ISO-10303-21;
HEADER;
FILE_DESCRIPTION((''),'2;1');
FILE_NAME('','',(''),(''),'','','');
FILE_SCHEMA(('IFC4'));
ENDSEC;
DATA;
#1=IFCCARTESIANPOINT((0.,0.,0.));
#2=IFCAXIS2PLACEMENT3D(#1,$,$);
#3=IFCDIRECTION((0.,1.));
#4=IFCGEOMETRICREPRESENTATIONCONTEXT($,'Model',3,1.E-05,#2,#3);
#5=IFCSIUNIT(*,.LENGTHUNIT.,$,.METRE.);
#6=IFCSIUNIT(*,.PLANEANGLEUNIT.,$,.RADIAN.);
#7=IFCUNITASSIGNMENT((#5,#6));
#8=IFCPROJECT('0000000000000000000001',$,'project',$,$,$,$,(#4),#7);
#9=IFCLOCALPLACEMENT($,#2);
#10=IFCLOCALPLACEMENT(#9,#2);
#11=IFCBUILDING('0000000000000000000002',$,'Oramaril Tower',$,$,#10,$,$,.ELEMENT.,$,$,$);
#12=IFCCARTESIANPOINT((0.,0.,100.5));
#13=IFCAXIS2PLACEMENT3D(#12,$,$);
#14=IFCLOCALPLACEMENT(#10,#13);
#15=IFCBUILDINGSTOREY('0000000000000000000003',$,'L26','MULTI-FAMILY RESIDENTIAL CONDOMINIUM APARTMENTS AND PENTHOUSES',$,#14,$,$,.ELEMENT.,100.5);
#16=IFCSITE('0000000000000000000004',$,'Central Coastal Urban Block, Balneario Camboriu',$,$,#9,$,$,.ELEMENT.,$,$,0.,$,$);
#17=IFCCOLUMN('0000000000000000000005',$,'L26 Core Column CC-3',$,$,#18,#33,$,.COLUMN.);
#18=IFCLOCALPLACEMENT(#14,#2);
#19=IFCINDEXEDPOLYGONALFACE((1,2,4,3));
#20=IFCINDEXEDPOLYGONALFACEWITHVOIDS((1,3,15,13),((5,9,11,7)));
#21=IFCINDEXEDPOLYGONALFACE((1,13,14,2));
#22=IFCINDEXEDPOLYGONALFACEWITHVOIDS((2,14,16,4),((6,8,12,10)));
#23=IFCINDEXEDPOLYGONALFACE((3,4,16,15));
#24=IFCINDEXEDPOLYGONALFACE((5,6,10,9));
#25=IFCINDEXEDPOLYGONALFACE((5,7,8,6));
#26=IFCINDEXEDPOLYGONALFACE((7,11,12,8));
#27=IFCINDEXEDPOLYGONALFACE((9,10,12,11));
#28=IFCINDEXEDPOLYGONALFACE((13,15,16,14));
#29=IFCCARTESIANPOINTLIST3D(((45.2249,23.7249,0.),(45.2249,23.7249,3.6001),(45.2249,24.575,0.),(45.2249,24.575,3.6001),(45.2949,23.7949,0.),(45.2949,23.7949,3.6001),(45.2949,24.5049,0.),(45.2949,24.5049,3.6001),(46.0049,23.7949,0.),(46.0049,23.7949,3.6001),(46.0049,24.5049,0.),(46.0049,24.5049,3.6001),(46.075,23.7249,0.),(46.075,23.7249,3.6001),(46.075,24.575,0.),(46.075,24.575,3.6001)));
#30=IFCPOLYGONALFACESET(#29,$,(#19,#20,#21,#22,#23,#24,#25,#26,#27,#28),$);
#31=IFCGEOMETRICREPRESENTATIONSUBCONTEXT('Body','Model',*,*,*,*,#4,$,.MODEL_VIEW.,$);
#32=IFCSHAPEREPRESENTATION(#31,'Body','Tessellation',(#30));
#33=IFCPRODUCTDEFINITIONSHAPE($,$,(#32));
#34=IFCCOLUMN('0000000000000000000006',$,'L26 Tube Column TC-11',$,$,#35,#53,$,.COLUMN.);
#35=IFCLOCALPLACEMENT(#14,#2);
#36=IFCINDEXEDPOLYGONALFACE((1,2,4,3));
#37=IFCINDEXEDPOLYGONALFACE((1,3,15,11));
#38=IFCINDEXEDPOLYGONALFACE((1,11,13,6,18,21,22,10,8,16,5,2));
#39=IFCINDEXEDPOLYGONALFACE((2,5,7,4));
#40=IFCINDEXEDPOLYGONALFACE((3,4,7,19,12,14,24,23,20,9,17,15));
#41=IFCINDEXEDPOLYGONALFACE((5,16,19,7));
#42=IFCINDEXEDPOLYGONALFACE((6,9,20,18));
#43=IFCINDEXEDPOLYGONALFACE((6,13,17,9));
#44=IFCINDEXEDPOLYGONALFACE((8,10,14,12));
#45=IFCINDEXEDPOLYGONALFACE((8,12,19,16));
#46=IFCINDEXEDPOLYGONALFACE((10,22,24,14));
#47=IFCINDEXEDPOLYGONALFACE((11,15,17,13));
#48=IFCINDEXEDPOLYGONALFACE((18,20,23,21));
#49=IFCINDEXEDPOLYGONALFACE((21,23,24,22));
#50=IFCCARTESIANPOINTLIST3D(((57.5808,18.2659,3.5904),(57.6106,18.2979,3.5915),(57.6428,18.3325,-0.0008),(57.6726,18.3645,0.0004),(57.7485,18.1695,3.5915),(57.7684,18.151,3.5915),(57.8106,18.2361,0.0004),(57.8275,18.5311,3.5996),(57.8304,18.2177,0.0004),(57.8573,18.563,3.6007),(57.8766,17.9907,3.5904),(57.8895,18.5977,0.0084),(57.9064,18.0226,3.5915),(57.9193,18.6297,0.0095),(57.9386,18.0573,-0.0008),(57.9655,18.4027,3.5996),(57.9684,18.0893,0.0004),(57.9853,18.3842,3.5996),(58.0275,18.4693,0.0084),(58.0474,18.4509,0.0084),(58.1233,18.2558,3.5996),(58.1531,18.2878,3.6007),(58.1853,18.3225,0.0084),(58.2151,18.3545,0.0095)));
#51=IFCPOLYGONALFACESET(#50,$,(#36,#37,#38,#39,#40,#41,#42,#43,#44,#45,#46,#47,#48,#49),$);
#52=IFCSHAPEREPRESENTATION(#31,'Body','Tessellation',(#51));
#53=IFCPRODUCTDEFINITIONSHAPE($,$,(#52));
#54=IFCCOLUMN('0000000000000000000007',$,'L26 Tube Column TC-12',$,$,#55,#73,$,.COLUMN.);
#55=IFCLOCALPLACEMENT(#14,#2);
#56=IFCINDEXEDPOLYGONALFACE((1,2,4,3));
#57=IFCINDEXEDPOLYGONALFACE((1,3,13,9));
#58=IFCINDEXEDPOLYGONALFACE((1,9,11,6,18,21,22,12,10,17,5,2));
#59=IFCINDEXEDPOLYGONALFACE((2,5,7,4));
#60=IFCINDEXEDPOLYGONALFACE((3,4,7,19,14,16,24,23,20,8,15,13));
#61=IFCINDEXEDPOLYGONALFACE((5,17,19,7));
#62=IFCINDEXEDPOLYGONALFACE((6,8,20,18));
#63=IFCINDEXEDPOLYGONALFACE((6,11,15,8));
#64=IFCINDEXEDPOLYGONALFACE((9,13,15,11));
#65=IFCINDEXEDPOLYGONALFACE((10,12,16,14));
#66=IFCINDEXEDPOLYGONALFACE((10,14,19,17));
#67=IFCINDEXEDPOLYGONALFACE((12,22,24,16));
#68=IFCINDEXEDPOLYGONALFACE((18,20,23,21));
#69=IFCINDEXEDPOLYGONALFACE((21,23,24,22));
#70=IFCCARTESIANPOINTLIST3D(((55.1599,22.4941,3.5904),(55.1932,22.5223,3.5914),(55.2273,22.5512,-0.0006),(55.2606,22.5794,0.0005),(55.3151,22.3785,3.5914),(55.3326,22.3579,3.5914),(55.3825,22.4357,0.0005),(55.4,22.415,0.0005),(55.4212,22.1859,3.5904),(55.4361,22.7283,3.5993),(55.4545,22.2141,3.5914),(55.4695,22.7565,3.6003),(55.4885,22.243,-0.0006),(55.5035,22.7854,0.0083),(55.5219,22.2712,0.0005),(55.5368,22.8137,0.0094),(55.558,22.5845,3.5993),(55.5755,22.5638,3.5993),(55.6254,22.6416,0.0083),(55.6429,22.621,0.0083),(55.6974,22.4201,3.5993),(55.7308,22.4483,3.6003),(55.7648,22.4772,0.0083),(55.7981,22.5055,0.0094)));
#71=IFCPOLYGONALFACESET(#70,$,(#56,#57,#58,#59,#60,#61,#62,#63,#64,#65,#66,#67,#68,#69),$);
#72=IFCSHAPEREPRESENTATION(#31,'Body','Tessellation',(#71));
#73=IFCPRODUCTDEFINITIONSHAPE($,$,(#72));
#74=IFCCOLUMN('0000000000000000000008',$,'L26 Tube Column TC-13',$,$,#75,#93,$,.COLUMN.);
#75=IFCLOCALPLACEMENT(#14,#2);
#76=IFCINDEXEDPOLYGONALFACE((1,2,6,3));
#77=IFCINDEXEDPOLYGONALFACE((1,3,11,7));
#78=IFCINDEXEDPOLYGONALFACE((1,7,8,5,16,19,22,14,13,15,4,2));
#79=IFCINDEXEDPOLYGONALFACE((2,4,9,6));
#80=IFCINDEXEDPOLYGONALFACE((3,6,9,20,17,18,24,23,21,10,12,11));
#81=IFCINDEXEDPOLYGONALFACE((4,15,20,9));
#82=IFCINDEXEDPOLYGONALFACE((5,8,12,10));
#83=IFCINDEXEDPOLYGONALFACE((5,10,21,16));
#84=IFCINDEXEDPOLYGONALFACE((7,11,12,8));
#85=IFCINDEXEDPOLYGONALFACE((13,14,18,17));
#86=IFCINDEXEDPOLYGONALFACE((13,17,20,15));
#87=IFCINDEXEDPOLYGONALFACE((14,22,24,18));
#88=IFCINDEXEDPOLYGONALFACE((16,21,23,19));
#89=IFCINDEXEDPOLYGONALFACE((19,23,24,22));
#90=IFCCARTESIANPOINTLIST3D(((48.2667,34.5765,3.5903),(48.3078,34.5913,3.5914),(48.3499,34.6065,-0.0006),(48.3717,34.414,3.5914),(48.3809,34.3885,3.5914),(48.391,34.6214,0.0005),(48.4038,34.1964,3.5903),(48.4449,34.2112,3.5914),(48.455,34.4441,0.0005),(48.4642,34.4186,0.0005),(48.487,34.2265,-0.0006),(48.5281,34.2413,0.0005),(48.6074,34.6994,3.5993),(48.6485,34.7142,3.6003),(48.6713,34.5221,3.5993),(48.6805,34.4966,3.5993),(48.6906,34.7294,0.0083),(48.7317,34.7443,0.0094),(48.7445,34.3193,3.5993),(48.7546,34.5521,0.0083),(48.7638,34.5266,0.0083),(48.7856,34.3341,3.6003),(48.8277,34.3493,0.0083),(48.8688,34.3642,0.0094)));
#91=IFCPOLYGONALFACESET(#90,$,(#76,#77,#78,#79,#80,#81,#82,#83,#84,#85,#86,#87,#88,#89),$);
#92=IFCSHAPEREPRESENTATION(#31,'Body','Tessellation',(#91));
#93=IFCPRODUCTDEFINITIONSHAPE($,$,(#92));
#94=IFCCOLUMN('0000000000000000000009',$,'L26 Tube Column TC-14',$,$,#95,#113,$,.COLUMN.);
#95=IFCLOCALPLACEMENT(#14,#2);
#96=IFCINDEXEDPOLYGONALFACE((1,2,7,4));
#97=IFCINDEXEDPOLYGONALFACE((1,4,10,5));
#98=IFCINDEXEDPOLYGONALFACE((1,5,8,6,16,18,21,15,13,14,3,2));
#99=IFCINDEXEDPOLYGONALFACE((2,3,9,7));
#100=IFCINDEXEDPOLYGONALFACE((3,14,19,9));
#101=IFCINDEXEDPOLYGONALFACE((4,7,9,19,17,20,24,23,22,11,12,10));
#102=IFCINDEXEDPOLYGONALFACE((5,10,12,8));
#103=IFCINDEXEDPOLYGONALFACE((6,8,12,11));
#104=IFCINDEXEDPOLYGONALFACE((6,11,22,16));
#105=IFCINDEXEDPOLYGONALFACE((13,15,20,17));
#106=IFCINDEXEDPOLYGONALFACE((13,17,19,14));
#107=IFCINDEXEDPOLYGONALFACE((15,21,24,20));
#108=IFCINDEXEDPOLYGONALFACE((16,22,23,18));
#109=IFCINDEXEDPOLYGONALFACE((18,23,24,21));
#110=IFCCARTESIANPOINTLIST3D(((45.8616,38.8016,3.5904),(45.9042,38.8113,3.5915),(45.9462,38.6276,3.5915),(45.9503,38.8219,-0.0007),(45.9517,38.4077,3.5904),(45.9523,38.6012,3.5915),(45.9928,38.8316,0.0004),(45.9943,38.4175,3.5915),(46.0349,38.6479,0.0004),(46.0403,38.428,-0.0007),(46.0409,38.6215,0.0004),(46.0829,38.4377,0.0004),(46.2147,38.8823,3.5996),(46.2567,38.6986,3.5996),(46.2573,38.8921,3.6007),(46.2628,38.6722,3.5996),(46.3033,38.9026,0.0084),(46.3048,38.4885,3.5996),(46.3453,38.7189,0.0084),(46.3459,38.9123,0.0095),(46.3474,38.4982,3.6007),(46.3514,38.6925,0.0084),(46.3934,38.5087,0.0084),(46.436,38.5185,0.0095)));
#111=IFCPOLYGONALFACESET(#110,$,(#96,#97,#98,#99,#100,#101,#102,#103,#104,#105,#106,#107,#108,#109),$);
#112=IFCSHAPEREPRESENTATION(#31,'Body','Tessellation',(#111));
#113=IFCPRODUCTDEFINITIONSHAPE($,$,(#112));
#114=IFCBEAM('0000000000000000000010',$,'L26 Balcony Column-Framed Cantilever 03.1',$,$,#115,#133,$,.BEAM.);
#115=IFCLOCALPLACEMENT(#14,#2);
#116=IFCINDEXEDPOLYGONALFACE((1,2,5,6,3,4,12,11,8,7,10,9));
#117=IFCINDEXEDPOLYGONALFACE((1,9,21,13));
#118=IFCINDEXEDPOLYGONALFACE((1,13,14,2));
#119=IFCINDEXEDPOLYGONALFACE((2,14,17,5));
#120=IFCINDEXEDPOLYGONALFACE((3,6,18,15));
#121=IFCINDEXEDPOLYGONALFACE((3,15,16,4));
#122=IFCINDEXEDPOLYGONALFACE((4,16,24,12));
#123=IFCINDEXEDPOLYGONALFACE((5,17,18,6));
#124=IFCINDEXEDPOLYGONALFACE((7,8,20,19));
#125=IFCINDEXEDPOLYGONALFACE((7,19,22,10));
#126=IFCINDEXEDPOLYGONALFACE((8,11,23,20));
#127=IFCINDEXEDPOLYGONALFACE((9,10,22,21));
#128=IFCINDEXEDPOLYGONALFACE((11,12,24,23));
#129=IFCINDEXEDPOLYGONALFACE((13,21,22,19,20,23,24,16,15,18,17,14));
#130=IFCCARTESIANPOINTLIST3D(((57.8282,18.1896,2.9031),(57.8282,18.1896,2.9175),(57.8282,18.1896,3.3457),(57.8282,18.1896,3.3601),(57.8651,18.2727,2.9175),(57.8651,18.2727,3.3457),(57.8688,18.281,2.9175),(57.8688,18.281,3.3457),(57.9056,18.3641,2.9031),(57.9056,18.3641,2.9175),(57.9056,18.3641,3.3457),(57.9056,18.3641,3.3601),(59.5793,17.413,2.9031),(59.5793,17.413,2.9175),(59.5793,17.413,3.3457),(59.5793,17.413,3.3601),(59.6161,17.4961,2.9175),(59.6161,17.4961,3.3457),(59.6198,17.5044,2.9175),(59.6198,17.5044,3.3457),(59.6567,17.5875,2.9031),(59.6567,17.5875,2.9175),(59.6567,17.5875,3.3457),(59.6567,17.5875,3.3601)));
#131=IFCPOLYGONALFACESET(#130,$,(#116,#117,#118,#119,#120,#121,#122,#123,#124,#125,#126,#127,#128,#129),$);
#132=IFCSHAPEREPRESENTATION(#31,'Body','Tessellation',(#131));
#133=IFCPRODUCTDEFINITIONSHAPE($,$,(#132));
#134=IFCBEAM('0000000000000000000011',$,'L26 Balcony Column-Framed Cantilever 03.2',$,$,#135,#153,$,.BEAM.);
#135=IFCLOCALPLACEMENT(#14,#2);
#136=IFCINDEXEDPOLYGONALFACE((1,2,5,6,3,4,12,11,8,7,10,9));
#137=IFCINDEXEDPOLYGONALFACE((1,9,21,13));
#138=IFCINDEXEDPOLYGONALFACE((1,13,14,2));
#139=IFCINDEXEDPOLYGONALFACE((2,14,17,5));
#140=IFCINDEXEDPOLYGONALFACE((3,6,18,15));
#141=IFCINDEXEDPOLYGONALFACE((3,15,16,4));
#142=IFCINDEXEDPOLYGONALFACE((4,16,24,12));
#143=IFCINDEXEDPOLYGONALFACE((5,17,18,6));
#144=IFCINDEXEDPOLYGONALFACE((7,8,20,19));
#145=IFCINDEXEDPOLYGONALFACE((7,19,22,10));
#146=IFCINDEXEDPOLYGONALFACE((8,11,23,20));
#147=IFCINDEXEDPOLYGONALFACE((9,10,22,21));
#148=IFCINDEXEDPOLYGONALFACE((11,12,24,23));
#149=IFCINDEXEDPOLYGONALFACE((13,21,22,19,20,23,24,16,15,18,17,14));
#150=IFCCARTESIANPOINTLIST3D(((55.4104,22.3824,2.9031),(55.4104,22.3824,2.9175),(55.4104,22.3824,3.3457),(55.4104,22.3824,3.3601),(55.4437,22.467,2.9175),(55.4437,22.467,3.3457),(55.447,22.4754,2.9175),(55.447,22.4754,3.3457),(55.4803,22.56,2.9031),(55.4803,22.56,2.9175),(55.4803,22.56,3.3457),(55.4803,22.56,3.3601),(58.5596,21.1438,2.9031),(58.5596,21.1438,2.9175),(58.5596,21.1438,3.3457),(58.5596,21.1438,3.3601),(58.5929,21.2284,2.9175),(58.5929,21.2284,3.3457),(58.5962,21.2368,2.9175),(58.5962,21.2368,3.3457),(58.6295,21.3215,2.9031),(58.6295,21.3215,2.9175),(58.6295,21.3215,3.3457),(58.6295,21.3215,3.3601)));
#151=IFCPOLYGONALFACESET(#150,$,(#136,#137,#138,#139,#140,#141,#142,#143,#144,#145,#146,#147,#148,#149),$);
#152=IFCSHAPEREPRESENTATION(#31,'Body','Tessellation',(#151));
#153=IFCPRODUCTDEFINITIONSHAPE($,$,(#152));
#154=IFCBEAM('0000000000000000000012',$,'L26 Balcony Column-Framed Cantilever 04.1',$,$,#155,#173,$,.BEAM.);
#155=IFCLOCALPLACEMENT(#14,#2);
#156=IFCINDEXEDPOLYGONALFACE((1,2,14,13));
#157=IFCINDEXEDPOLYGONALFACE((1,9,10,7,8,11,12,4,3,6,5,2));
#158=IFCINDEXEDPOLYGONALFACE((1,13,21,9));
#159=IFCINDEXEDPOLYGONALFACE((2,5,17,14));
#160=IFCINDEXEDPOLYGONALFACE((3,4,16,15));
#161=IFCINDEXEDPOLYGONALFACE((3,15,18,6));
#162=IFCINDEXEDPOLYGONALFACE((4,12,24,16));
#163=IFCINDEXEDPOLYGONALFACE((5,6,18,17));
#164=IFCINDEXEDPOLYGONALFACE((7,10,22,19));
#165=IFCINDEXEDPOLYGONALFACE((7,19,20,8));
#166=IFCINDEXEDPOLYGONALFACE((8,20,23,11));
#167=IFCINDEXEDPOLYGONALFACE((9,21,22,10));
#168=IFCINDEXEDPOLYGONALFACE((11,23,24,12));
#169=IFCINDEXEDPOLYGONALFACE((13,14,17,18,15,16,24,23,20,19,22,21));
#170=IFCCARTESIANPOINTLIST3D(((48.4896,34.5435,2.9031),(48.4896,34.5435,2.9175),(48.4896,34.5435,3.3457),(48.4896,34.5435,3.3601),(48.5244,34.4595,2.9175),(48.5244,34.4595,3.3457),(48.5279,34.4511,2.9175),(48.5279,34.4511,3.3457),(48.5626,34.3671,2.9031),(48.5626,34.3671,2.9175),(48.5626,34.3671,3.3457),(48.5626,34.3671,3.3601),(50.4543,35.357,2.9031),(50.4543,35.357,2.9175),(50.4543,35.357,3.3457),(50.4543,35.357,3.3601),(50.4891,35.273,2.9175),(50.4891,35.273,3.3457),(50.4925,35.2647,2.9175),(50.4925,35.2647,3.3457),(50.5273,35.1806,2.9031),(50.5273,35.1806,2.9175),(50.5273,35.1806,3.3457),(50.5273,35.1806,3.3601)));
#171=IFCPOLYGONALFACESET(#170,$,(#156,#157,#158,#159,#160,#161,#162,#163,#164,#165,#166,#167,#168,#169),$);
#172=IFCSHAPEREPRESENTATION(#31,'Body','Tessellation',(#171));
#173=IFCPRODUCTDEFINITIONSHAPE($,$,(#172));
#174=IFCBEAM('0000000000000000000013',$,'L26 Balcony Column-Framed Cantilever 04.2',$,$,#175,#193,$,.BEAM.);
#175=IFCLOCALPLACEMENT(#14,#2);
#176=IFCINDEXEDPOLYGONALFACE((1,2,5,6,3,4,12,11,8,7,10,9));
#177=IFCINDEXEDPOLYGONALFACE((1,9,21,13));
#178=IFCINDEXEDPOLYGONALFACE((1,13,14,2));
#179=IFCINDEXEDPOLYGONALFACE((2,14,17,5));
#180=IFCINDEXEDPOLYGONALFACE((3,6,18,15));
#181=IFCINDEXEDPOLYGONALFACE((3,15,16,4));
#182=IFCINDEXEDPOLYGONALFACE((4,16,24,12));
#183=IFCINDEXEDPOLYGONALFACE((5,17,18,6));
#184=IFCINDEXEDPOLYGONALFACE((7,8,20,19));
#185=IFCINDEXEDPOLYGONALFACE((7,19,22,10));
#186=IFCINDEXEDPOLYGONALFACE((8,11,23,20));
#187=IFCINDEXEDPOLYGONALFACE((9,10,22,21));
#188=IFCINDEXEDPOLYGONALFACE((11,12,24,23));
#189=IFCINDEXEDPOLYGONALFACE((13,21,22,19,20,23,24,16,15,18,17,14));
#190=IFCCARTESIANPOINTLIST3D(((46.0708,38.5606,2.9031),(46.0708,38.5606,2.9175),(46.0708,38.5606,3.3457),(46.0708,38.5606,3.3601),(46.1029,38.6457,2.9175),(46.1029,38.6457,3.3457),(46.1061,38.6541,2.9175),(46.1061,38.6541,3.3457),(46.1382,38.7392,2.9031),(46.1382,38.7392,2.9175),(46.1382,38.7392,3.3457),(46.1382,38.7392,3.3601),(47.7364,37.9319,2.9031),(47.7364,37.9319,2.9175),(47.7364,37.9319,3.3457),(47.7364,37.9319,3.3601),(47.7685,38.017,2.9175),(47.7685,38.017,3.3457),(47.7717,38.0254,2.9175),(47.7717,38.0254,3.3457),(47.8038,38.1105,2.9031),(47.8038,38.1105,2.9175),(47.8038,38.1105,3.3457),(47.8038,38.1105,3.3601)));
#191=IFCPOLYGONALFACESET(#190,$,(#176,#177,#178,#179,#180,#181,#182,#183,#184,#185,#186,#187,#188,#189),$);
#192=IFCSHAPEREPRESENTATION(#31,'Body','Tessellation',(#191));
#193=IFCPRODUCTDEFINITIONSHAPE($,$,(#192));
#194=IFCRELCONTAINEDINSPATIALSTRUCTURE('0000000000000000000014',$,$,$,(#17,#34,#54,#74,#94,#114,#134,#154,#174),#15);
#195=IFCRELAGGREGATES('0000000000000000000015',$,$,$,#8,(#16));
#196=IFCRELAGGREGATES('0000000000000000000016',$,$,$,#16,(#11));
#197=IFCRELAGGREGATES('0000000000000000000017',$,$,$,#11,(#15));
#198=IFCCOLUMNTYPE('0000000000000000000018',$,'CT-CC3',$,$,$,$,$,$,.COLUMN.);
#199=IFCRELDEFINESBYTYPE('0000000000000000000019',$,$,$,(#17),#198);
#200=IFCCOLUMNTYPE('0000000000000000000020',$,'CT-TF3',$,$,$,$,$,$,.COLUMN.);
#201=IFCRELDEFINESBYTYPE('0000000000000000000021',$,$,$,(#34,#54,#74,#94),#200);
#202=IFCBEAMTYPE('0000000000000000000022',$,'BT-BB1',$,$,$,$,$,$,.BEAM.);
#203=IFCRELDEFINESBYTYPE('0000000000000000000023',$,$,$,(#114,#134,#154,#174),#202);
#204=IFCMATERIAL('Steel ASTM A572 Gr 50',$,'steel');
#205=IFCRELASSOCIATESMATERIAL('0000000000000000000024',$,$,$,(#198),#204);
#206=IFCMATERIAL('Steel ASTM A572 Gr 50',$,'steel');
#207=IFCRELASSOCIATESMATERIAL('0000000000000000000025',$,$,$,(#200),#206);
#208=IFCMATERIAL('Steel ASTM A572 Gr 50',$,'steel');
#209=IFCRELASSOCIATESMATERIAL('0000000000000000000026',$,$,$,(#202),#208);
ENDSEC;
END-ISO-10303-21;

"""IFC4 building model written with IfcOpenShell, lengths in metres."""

from ifc_helpers import new_model, si_unit, direction, frame, origin, origin_2d, place, context, subcontext, project, spatial, hollow_rectangle, i_section, extrude, material, material_profile, profile_set, type_object, element, save


model = new_model("IFC4")

# Units and contexts
model_context = context("Model", 3, precision=1e-05, world=origin(), true_north=direction((0.0, 1.0)))
body_context = subcontext(model_context, "Body", "Model", "MODEL_VIEW")
ifc_project = project(units=[si_unit("LENGTHUNIT", "METRE"), si_unit("PLANEANGLEUNIT", "RADIAN")], contexts=[model_context])

# Site, building, storey
site_placement = place(None, origin())
site = spatial("IfcSite", under=ifc_project, at=site_placement, Name="Central Coastal Urban Block, Balneario Camboriu", CompositionType="ELEMENT", RefElevation=0.0)
building_placement = place(site_placement, origin())
building = spatial("IfcBuilding", under=site, at=building_placement, Name="Oramaril Tower", CompositionType="ELEMENT")
storey_placement = place(building_placement, frame((0.0, 0.0, 100.5)))
storey = spatial("IfcBuildingStorey", under=building, at=storey_placement, Name="L26", Description="MULTI-FAMILY RESIDENTIAL CONDOMINIUM APARTMENTS AND PENTHOUSES", CompositionType="ELEMENT", Elevation=100.5)

# Columns
ifc_material_1 = material(Name="Steel ASTM A572 Gr 50", Category="steel")
ifc_material_profile_1 = material_profile(ifc_material_1, hollow_rectangle(XDim=0.8501, YDim=0.8501, WallThickness=0.0701, at=origin_2d()), Name="BOX850X850X70")
ifc_profile_set_1 = profile_set([ifc_material_profile_1], Name="Steel ASTM A572 Gr 50")
column_type_1 = type_object("IfcColumnType", Name="CT-CC3", PredefinedType="COLUMN", material=ifc_profile_set_1)
column_1_placement = place(storey_placement, frame((45.6499, 24.1499, 0.0), z_axis=(0.0, 0.0, 1.0), x_axis=(1.0, 0.0, 0.0)))
element("IfcColumn", 1, at=column_1_placement, inside=storey, type_object=column_type_1, Name="L26 Core Column CC-3", PredefinedType="COLUMN", context=body_context, shape_type="SweptSolid", body=[
    extrude(hollow_rectangle(XDim=0.8501, YDim=0.8501, WallThickness=0.0701, at=origin_2d()), origin(), (0.0, 0.0, 1.0), 3.6001),
])
ifc_material_2 = material(Name="Steel ASTM A572 Gr 50", Category="steel")
ifc_material_profile_2 = material_profile(ifc_material_2, i_section(OverallWidth=0.4041, OverallDepth=0.406, WebThickness=0.0271, FlangeThickness=0.0437, at=origin_2d()), Name="W14X233")
ifc_profile_set_2 = profile_set([ifc_material_profile_2], Name="Steel ASTM A572 Gr 50")
column_type_2 = type_object("IfcColumnType", Name="CT-TF3", PredefinedType="COLUMN", material=ifc_profile_set_2)
column_2_placement = place(storey_placement, frame((57.929, 18.3435, 0.0044), z_axis=(-0.017263, -0.018554, 0.999679), x_axis=(0.732125, -0.681171, 0.0)))
element("IfcColumn", 2, at=column_2_placement, inside=storey, type_object=column_type_2, Name="L26 Tube Column TC-11", PredefinedType="COLUMN", context=body_context, shape_type="SweptSolid", body=[
    extrude(i_section(OverallWidth=0.4041, OverallDepth=0.406, WebThickness=0.0271, FlangeThickness=0.0437, at=origin_2d()), origin(), (0.0, 0.0, 1.0), 3.5923),
])
for number, where, z_axis, x_axis, name in (
    (3, (55.5127, 22.5283, 0.0044), (-0.018758, -0.015904, 0.999698), (0.646685, -0.762757, 0.0), "L26 Tube Column TC-12"),
    (4, (48.6094, 34.4854, 0.0044), (-0.023176, -0.00836, 0.999696), (0.339306, -0.940676, 0.0), "L26 Tube Column TC-13"),
):
    element("IfcColumn", number, at=place(storey_placement, frame(where, z_axis=z_axis, x_axis=x_axis)), inside=storey, type_object=column_type_2, Name=name, PredefinedType="COLUMN", context=body_context, shape_type="SweptSolid", body=[
        extrude(i_section(OverallWidth=0.4041, OverallDepth=0.406, WebThickness=0.0271, FlangeThickness=0.0437, at=origin_2d()), origin(), (0.0, 0.0, 1.0), 3.592),
    ])
column_3_placement = place(storey_placement, frame((46.1931, 38.6702, 0.0044), z_axis=(-0.024671, -0.005641, 0.99968), x_axis=(0.222898, -0.974842, 0.0)))
element("IfcColumn", 5, at=column_3_placement, inside=storey, type_object=column_type_2, Name="L26 Tube Column TC-14", PredefinedType="COLUMN", context=body_context, shape_type="SweptSolid", body=[
    extrude(i_section(OverallWidth=0.4041, OverallDepth=0.406, WebThickness=0.0271, FlangeThickness=0.0437, at=origin_2d()), origin(), (0.0, 0.0, 1.0), 3.5923),
])

# Beams
ifc_material_3 = material(Name="Steel ASTM A572 Gr 50", Category="steel")
ifc_material_profile_3 = material_profile(ifc_material_3, i_section(OverallWidth=0.1909, OverallDepth=0.457, WebThickness=0.009, FlangeThickness=0.0144, at=origin_2d()), Name="W18X50")
ifc_profile_set_3 = profile_set([ifc_material_profile_3], Name="Steel ASTM A572 Gr 50")
beam_type_1 = type_object("IfcBeamType", Name="BT-BB1", PredefinedType="BEAM", material=ifc_profile_set_3)
beam_1_placement = place(storey_placement, frame((57.8669, 18.2769, 3.1316), z_axis=(0.914121, -0.405441, 0.0), x_axis=(0.405441, 0.914121, 0.0)))
element("IfcBeam", 6, at=beam_1_placement, inside=storey, type_object=beam_type_1, Name="L26 Balcony Column-Framed Cantilever 03.1", PredefinedType="BEAM", context=body_context, shape_type="SweptSolid", body=[
    extrude(i_section(OverallWidth=0.1909, OverallDepth=0.457, WebThickness=0.009, FlangeThickness=0.0144, at=origin_2d()), origin(), (0.0, 0.0, 1.0), 1.9155),
])
beam_2_placement = place(storey_placement, frame((55.4453, 22.4712, 3.1316), z_axis=(0.930616, -0.365998, 0.0), x_axis=(0.365998, 0.930616, 0.0)))
element("IfcBeam", 7, at=beam_2_placement, inside=storey, type_object=beam_type_1, Name="L26 Balcony Column-Framed Cantilever 03.2", PredefinedType="BEAM", context=body_context, shape_type="SweptSolid", body=[
    extrude(i_section(OverallWidth=0.1909, OverallDepth=0.457, WebThickness=0.009, FlangeThickness=0.0144, at=origin_2d()), origin(), (0.0, 0.0, 1.0), 3.384),
])
beam_3_placement = place(storey_placement, frame((48.5261, 34.4553, 3.1316), z_axis=(0.923927, 0.382568, 0.0), x_axis=(-0.382568, 0.923927, 0.0)))
element("IfcBeam", 8, at=beam_3_placement, inside=storey, type_object=beam_type_1, Name="L26 Balcony Column-Framed Cantilever 04.1", PredefinedType="BEAM", context=body_context, shape_type="SweptSolid", body=[
    extrude(i_section(OverallWidth=0.1909, OverallDepth=0.457, WebThickness=0.009, FlangeThickness=0.0144, at=origin_2d()), origin(), (0.0, 0.0, 1.0), 2.1265),
])
beam_4_placement = place(storey_placement, frame((46.1045, 38.6499, 3.1316), z_axis=(0.935572, -0.353137, 0.0), x_axis=(0.353137, 0.935572, 0.0)))
element("IfcBeam", 9, at=beam_4_placement, inside=storey, type_object=beam_type_1, Name="L26 Balcony Column-Framed Cantilever 04.2", PredefinedType="BEAM", context=body_context, shape_type="SweptSolid", body=[
    extrude(i_section(OverallWidth=0.1909, OverallDepth=0.457, WebThickness=0.009, FlangeThickness=0.0144, at=origin_2d()), origin(), (0.0, 0.0, 1.0), 1.7803),
])

save(model, "model.ifc")
